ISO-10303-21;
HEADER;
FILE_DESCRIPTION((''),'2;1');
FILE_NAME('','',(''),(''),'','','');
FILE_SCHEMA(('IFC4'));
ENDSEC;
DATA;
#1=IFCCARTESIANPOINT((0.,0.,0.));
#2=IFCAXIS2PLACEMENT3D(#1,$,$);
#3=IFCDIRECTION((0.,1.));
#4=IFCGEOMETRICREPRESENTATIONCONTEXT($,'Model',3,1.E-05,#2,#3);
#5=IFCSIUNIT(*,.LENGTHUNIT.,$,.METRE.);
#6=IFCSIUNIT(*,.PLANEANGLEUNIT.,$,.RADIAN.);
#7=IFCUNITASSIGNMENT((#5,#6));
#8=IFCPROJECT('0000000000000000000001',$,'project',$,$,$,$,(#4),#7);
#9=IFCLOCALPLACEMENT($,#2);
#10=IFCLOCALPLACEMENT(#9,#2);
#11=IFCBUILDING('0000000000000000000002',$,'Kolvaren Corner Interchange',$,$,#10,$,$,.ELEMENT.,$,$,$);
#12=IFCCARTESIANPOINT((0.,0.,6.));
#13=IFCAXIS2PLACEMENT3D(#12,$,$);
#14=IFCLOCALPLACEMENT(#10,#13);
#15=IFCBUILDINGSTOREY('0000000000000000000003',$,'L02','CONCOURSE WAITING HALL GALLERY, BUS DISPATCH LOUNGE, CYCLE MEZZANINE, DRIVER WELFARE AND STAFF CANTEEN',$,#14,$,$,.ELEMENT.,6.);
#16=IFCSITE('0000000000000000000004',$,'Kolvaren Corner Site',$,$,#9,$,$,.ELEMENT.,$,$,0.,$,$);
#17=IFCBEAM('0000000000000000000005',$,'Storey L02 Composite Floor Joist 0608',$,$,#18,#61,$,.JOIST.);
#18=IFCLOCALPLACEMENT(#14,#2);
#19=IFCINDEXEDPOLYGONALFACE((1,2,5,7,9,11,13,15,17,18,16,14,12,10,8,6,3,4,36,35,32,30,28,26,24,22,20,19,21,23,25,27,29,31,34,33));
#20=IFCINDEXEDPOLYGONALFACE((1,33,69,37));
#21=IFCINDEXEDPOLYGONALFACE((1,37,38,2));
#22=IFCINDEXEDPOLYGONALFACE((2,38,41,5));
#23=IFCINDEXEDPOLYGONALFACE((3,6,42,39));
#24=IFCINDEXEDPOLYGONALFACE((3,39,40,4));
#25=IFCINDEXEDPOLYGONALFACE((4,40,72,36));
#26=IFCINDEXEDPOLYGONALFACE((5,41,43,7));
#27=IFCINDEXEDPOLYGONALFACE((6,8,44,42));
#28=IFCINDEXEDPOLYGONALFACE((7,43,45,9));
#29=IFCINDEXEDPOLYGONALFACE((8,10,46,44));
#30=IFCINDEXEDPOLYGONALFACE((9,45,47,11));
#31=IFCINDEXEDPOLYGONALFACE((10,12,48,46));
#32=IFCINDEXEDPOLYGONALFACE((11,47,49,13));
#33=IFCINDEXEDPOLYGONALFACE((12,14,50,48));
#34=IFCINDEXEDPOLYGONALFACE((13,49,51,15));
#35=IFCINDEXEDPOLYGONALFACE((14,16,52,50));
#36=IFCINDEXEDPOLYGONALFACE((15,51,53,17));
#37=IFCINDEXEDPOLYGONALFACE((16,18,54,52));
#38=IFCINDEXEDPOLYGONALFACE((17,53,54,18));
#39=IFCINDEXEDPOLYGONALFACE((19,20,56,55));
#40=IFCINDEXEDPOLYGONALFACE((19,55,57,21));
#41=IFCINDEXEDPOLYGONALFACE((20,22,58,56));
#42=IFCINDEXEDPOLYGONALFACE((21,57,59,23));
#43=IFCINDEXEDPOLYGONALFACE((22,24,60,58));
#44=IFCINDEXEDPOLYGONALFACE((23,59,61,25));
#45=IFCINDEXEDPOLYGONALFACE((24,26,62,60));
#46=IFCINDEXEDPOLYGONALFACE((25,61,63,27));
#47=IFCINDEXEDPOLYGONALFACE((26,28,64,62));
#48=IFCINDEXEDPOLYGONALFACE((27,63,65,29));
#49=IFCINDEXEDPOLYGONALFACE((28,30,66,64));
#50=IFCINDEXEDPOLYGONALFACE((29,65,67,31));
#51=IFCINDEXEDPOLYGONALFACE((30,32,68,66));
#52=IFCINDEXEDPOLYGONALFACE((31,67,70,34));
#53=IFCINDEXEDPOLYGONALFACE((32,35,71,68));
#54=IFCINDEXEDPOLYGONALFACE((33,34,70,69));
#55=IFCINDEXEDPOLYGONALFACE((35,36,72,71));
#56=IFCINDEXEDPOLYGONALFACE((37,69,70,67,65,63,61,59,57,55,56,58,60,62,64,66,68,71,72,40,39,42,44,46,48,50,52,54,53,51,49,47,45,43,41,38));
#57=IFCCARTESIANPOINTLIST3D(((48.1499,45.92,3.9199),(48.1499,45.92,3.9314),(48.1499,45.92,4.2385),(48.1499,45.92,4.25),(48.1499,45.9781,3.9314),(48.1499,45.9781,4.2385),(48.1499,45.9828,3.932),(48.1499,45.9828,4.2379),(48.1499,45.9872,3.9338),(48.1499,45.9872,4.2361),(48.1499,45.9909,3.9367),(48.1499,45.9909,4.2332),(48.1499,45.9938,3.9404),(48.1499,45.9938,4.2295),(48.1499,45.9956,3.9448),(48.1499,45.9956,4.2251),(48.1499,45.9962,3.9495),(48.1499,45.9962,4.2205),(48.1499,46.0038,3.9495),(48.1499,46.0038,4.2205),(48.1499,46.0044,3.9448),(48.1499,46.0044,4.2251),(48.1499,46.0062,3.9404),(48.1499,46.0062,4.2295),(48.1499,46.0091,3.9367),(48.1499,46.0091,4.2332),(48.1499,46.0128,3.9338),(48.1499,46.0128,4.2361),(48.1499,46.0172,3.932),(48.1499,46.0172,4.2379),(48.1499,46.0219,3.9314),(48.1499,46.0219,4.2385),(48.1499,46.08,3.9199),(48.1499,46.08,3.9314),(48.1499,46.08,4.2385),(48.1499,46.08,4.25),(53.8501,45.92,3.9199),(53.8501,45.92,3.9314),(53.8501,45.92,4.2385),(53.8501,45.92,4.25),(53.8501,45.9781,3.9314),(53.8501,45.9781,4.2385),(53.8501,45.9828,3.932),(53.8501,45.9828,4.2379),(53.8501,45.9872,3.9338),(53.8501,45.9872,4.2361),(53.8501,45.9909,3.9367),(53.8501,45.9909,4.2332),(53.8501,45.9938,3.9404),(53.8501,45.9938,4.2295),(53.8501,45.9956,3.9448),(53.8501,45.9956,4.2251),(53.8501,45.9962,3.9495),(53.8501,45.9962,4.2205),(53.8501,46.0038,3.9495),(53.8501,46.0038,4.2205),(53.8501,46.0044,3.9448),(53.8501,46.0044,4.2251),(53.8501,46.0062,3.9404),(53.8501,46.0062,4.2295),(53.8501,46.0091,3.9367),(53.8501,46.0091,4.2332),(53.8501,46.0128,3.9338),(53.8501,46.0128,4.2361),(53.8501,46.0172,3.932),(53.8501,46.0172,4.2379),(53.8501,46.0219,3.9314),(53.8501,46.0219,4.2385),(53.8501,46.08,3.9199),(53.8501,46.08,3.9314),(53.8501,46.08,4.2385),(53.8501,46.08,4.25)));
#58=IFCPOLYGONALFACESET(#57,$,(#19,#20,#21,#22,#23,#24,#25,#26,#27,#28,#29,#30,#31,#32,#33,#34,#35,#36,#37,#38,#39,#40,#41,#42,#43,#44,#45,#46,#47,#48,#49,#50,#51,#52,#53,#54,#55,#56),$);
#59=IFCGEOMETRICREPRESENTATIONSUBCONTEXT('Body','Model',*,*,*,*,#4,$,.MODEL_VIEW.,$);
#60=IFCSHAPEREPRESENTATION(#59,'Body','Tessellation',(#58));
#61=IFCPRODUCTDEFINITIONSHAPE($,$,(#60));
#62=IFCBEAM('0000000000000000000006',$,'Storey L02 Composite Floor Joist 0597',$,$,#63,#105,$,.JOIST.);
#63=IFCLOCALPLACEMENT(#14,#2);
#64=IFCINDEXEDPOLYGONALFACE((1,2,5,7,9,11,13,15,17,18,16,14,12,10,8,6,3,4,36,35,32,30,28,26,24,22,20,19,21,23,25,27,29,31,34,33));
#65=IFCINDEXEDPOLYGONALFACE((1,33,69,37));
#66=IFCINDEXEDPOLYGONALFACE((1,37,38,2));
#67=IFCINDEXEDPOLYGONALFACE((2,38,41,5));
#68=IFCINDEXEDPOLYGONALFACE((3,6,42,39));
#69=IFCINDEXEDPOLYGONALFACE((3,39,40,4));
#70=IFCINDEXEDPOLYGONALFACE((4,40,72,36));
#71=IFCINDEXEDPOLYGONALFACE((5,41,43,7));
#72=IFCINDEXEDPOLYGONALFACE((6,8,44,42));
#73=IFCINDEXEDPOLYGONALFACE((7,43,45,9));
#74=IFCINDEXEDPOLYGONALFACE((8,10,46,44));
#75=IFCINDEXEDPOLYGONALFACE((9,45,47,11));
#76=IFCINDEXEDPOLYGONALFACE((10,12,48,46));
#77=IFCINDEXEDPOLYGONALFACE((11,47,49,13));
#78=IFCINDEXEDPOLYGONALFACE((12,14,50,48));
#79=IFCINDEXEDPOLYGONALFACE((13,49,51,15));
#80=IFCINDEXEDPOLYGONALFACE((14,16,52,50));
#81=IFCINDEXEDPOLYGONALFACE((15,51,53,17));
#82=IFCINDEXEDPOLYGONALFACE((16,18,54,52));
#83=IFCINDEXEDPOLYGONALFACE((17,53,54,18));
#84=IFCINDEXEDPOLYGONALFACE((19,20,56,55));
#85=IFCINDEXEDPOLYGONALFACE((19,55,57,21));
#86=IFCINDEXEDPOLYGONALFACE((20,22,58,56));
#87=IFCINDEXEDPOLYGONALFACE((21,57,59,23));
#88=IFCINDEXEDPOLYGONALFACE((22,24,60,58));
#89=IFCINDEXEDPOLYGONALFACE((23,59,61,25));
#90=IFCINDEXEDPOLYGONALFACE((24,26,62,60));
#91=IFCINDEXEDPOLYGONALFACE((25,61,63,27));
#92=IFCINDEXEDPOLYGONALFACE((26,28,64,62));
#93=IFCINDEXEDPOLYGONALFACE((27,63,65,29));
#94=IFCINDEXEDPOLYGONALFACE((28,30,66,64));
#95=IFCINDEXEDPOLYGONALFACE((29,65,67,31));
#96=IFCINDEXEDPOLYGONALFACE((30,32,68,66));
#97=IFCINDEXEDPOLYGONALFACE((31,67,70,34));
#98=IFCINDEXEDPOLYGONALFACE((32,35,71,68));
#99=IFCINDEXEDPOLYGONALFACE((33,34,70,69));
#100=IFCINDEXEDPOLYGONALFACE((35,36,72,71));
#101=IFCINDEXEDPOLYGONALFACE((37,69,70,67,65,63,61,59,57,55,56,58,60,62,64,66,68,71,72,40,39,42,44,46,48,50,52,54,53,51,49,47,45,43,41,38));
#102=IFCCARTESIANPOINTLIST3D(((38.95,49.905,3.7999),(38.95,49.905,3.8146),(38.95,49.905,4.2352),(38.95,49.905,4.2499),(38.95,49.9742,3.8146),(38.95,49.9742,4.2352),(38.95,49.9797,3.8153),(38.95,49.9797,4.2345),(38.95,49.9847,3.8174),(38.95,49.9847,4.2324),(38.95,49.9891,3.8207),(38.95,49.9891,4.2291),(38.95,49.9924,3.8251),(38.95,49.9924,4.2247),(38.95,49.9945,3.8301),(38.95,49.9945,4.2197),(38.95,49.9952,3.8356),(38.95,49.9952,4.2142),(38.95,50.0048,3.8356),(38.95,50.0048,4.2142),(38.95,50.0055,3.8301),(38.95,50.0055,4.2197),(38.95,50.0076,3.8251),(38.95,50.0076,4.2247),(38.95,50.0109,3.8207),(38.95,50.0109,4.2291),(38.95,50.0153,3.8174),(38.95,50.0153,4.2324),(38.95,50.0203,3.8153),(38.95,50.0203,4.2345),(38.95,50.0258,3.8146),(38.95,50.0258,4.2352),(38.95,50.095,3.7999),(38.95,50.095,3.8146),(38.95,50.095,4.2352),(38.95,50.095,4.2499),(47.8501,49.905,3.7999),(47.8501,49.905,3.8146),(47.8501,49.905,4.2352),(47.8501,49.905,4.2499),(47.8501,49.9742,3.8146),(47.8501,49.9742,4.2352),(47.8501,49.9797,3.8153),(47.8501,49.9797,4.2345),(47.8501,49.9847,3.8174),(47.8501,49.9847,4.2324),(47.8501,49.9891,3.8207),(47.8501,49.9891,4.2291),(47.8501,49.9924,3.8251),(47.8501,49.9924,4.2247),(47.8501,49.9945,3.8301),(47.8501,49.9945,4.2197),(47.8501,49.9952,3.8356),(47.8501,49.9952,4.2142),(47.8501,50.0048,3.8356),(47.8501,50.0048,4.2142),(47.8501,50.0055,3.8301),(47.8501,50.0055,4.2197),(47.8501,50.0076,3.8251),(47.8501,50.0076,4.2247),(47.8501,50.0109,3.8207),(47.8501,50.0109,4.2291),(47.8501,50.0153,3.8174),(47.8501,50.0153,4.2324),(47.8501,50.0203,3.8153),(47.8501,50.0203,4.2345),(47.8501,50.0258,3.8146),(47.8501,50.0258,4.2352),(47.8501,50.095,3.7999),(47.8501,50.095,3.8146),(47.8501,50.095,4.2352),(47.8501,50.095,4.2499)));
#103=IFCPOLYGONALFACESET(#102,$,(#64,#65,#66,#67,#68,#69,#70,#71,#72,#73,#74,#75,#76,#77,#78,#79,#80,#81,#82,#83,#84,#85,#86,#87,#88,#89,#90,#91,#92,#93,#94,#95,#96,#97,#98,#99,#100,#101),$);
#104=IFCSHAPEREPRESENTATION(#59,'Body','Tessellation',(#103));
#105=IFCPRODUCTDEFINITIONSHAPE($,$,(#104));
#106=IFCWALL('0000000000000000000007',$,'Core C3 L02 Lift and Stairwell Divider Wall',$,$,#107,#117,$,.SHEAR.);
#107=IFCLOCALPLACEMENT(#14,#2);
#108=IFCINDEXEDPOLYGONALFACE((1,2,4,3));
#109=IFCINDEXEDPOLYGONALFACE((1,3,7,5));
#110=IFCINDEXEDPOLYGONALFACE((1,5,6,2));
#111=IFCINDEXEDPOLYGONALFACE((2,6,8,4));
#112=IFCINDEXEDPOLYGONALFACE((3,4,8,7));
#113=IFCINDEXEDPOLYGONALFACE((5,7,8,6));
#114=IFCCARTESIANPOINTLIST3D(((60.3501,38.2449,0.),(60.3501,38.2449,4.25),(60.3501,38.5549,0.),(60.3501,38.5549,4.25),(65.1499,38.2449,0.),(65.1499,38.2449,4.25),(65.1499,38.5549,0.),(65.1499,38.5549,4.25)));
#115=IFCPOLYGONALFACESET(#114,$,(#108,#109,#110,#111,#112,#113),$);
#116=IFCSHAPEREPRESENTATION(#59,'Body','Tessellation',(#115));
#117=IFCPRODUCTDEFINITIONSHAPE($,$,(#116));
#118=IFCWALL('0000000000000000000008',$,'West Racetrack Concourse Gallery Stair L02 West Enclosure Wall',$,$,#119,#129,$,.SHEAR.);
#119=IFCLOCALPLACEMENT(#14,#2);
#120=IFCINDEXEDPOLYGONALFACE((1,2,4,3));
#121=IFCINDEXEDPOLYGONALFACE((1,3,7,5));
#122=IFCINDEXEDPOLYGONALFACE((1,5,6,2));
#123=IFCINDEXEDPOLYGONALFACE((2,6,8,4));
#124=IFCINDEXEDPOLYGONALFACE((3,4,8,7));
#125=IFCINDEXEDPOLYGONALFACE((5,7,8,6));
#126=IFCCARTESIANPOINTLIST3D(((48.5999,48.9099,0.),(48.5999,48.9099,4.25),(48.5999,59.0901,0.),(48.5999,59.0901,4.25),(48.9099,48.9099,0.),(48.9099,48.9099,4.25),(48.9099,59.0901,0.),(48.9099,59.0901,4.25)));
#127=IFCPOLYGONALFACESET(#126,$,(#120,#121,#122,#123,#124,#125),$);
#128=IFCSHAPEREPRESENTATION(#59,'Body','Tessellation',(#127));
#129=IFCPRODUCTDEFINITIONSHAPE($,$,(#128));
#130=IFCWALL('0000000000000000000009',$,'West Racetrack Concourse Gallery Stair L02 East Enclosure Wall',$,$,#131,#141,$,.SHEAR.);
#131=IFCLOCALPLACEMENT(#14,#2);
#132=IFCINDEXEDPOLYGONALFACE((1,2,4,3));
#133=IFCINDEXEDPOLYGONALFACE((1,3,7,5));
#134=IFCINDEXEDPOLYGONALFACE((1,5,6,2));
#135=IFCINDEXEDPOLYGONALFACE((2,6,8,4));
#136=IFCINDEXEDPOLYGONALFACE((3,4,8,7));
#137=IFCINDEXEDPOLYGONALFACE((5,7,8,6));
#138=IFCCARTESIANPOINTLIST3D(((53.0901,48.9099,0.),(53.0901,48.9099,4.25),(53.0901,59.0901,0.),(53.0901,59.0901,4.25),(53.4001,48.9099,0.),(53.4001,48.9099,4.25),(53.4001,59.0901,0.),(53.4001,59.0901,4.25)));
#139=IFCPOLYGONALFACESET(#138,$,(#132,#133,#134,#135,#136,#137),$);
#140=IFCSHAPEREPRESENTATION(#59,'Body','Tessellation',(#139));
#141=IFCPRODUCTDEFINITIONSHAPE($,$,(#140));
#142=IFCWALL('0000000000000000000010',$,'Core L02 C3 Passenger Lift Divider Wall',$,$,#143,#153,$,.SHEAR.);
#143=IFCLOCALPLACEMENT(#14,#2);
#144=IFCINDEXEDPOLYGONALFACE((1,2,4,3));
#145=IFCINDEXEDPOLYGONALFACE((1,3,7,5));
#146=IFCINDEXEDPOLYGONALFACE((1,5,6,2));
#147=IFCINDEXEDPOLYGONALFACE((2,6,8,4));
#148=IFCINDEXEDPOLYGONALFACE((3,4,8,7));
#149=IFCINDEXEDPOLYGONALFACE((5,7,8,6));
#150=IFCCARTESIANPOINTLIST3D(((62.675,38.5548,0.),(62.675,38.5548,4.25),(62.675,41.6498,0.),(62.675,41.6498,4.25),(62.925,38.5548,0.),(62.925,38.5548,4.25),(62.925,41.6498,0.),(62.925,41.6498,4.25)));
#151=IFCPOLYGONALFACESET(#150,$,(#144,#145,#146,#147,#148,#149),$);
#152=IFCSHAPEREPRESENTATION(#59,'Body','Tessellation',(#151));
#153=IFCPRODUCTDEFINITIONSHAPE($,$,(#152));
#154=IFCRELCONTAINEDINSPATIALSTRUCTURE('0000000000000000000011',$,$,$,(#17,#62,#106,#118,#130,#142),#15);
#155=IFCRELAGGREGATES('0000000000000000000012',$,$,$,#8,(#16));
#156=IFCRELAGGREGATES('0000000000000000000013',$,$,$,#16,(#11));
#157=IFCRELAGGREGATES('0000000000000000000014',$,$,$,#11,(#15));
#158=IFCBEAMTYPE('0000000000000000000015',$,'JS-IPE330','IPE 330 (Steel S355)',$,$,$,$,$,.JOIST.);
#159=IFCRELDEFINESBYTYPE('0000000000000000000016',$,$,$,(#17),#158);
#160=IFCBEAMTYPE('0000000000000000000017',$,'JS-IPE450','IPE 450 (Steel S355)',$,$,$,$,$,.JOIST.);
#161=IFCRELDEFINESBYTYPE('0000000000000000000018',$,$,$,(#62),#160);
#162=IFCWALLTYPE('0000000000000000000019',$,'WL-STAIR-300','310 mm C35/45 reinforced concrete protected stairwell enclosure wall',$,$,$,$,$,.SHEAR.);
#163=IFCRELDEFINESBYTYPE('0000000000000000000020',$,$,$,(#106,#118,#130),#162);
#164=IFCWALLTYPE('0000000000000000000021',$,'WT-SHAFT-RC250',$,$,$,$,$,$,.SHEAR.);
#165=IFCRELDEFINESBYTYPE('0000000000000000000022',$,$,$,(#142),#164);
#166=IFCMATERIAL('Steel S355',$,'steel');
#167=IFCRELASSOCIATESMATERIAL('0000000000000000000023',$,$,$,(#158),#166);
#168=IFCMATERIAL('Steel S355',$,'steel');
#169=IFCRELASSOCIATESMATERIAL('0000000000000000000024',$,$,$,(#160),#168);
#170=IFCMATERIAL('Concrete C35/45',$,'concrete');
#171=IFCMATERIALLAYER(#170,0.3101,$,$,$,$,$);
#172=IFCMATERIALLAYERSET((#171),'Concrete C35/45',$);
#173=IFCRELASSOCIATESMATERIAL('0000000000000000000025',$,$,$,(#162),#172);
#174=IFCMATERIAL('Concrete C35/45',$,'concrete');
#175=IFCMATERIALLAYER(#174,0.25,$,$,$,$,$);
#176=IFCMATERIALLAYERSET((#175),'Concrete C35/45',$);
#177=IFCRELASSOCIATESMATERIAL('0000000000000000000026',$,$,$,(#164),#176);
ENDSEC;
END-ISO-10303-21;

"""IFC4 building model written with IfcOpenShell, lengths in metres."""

from ifc_helpers import new_model, si_unit, direction, frame, frame_2d, origin, origin_2d, place, context, subcontext, project, spatial, rectangle, i_section, extrude, material, layer, layer_set, material_profile, profile_set, type_object, element, save


model = new_model("IFC4")

# Units and contexts
model_context = context("Model", 3, precision=1e-05, world=origin(), true_north=direction((0.0, 1.0)))
body_context = subcontext(model_context, "Body", "Model", "MODEL_VIEW")
ifc_project = project(units=[si_unit("LENGTHUNIT", "METRE"), si_unit("PLANEANGLEUNIT", "RADIAN")], contexts=[model_context])

# Site, building, storey
site_placement = place(None, origin())
site = spatial("IfcSite", under=ifc_project, at=site_placement, Name="Kolvaren Corner Site", CompositionType="ELEMENT", RefElevation=0.0)
building_placement = place(site_placement, origin())
building = spatial("IfcBuilding", under=site, at=building_placement, Name="Kolvaren Corner Interchange", CompositionType="ELEMENT")
storey_placement = place(building_placement, frame((0.0, 0.0, 6.0)))
storey = spatial("IfcBuildingStorey", under=building, at=storey_placement, Name="L02", Description="CONCOURSE WAITING HALL GALLERY, BUS DISPATCH LOUNGE, CYCLE MEZZANINE, DRIVER WELFARE AND STAFF CANTEEN", CompositionType="ELEMENT", Elevation=6.0)

# Beams
ifc_material_1 = material(Name="Steel S355", Category="steel")
ifc_material_profile_1 = material_profile(ifc_material_1, i_section(OverallWidth=0.1599, OverallDepth=0.3301, WebThickness=0.0076, FlangeThickness=0.0115, FilletRadius=0.0181, at=origin_2d()), Name="IPE 330")
ifc_profile_set_1 = profile_set([ifc_material_profile_1], Name="Steel S355")
beam_type_1 = type_object("IfcBeamType", Name="JS-IPE330", Description="IPE 330 (Steel S355)", PredefinedType="JOIST", material=ifc_profile_set_1)
for number, where, z_axis, x_axis, name in (
    (1, (48.1499, 46.0, 4.085), (1.0, 0.0, 0.0), (0.0, 1.0, 0.0), "Storey L02 Composite Floor Joist 0608"),
):
    element("IfcBeam", number, at=place(storey_placement, frame(where, z_axis=z_axis, x_axis=x_axis)), inside=storey, type_object=beam_type_1, Name=name, PredefinedType="JOIST", context=body_context, shape_type="SweptSolid", body=[
        extrude(i_section(OverallWidth=0.1599, OverallDepth=0.3301, WebThickness=0.0076, FlangeThickness=0.0115, FilletRadius=0.0181, at=origin_2d()), origin(), (0.0, 0.0, 1.0), 5.7002),
    ])
ifc_material_2 = material(Name="Steel S355", Category="steel")
ifc_material_profile_2 = material_profile(ifc_material_2, i_section(OverallWidth=0.1899, OverallDepth=0.45, WebThickness=0.0095, FlangeThickness=0.0146, FilletRadius=0.021, at=origin_2d()), Name="IPE 450")
ifc_profile_set_2 = profile_set([ifc_material_profile_2], Name="Steel S355")
beam_type_2 = type_object("IfcBeamType", Name="JS-IPE450", Description="IPE 450 (Steel S355)", PredefinedType="JOIST", material=ifc_profile_set_2)
beam_1_placement = place(storey_placement, frame((38.95, 50.0, 4.0249), z_axis=(1.0, 0.0, 0.0), x_axis=(0.0, 1.0, 0.0)))
element("IfcBeam", 2, at=beam_1_placement, inside=storey, type_object=beam_type_2, Name="Storey L02 Composite Floor Joist 0597", PredefinedType="JOIST", context=body_context, shape_type="SweptSolid", body=[
    extrude(i_section(OverallWidth=0.1899, OverallDepth=0.45, WebThickness=0.0095, FlangeThickness=0.0146, FilletRadius=0.021, at=origin_2d()), origin(), (0.0, 0.0, 1.0), 8.9001),
])

# Wall
ifc_material_3 = material(Name="Concrete C35/45", Category="concrete")
ifc_layer_1 = layer(ifc_material_3, 0.3101)
ifc_layer_set_1 = layer_set([ifc_layer_1], Name="Concrete C35/45")
wall_type_1 = type_object("IfcWallType", Name="WL-STAIR-300", Description="310 mm C35/45 reinforced concrete protected stairwell enclosure wall", PredefinedType="SHEAR", material=ifc_layer_set_1)
wall_1_placement = place(storey_placement, frame((60.3501, 38.3999, 0.0), z_axis=(0.0, 0.0, 1.0), x_axis=(1.0, 0.0, 0.0)))
element("IfcWall", 3, at=wall_1_placement, inside=storey, type_object=wall_type_1, Name="Core C3 L02 Lift and Stairwell Divider Wall", PredefinedType="SHEAR", context=body_context, shape_type="SweptSolid", body=[
    extrude(rectangle(XDim=4.7998, YDim=0.3101, at=frame_2d((2.3999, 0.0))), origin(), (0.0, 0.0, 1.0), 4.25),
])

# Walls
for number, where, z_axis, x_axis, name in (
    (4, (48.7549, 48.9099, 0.0), (0.0, 0.0, 1.0), (0.0, 1.0, 0.0), "West Racetrack Concourse Gallery Stair L02 West Enclosure Wall"),
    (5, (53.2451, 48.9099, 0.0), (0.0, 0.0, 1.0), (0.0, 1.0, 0.0), "West Racetrack Concourse Gallery Stair L02 East Enclosure Wall"),
):
    element("IfcWall", number, at=place(storey_placement, frame(where, z_axis=z_axis, x_axis=x_axis)), inside=storey, type_object=wall_type_1, Name=name, PredefinedType="SHEAR", context=body_context, shape_type="SweptSolid", body=[
        extrude(rectangle(XDim=10.1802, YDim=0.3101, at=frame_2d((5.0901, 0.0))), origin(), (0.0, 0.0, 1.0), 4.25),
    ])
ifc_material_4 = material(Name="Concrete C35/45", Category="concrete")
ifc_layer_2 = layer(ifc_material_4, 0.25)
ifc_layer_set_2 = layer_set([ifc_layer_2], Name="Concrete C35/45")
wall_type_2 = type_object("IfcWallType", Name="WT-SHAFT-RC250", PredefinedType="SHEAR", material=ifc_layer_set_2)
wall_2_placement = place(storey_placement, frame((62.8, 38.5549, 0.0), z_axis=(0.0, 0.0, 1.0), x_axis=(0.0, 1.0, 0.0)))
element("IfcWall", 6, at=wall_2_placement, inside=storey, type_object=wall_type_2, Name="Core L02 C3 Passenger Lift Divider Wall", PredefinedType="SHEAR", context=body_context, shape_type="SweptSolid", body=[
    extrude(rectangle(XDim=3.095, YDim=0.25, at=frame_2d((1.5474, 0.0))), origin(), (0.0, 0.0, 1.0), 4.25),
])

save(model, "model.ifc")
